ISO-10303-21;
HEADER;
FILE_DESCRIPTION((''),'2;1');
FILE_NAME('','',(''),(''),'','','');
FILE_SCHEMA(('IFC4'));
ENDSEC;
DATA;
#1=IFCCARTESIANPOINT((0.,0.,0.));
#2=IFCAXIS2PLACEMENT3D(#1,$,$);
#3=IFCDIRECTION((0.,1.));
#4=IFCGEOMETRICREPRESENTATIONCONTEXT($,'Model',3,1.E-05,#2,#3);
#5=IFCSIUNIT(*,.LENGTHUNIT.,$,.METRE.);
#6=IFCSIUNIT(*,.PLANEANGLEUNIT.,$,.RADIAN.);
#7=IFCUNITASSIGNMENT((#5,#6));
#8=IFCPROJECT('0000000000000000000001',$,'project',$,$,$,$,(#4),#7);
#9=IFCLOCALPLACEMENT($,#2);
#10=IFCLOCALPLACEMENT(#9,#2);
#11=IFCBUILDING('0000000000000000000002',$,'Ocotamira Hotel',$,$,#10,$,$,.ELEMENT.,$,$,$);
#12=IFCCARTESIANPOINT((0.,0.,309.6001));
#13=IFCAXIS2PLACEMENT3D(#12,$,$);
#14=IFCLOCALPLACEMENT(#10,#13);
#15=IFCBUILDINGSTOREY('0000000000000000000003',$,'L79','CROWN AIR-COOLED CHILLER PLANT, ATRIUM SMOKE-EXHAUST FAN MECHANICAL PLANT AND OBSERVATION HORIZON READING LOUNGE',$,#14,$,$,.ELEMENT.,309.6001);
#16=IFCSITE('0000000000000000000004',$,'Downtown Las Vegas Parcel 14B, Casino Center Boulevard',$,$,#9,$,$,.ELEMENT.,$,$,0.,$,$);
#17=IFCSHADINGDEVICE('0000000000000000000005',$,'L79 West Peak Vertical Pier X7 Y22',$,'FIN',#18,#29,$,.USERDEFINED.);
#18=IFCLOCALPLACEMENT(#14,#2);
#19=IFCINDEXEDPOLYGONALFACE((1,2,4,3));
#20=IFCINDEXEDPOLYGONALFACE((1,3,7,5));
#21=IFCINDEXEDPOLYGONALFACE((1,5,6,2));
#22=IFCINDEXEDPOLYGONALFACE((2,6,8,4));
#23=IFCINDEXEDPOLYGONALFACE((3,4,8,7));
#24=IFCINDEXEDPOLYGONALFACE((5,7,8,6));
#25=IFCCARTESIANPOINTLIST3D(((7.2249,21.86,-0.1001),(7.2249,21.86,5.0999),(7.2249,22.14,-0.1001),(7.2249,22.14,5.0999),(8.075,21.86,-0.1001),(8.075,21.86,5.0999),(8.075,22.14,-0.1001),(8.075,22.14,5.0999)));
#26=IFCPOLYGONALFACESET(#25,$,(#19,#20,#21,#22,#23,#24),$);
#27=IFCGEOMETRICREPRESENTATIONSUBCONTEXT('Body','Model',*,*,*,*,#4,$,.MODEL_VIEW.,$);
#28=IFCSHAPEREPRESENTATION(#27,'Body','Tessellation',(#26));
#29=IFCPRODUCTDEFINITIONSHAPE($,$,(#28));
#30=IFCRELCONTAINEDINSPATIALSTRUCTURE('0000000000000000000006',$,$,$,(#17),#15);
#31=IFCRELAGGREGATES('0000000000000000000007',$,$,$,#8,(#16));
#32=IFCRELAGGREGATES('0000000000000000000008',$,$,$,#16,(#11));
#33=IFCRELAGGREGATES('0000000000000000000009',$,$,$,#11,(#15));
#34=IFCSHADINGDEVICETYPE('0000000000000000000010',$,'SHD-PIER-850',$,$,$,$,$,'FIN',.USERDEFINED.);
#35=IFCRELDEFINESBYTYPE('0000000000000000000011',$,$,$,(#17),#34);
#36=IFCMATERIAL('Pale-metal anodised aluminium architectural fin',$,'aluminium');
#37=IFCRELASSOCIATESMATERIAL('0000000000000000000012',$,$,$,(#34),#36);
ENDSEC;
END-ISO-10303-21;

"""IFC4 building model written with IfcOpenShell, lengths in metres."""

from ifc_helpers import new_model, si_unit, direction, frame, origin, origin_2d, place, context, subcontext, project, spatial, rectangle, extrude, source, transform, mapped, material, type_object, element, save


model = new_model("IFC4")

# Units and contexts
model_context = context("Model", 3, precision=1e-05, world=origin(), true_north=direction((0.0, 1.0)))
body_context = subcontext(model_context, "Body", "Model", "MODEL_VIEW")
ifc_project = project(units=[si_unit("LENGTHUNIT", "METRE"), si_unit("PLANEANGLEUNIT", "RADIAN")], contexts=[model_context])

# Site, building, storey
site_placement = place(None, origin())
site = spatial("IfcSite", under=ifc_project, at=site_placement, Name="Downtown Las Vegas Parcel 14B, Casino Center Boulevard", CompositionType="ELEMENT", RefElevation=0.0)
building_placement = place(site_placement, origin())
building = spatial("IfcBuilding", under=site, at=building_placement, Name="Ocotamira Hotel", CompositionType="ELEMENT")
storey_placement = place(building_placement, frame((0.0, 0.0, 309.6001)))
storey = spatial("IfcBuildingStorey", under=building, at=storey_placement, Name="L79", Description="CROWN AIR-COOLED CHILLER PLANT, ATRIUM SMOKE-EXHAUST FAN MECHANICAL PLANT AND OBSERVATION HORIZON READING LOUNGE", CompositionType="ELEMENT", Elevation=309.6001)

# Shading device
ifc_material_1 = material(Name="Pale-metal anodised aluminium architectural fin", Category="aluminium")
shading_device_type = type_object("IfcShadingDeviceType", Name="SHD-PIER-850", ElementType="FIN", PredefinedType="USERDEFINED", material=ifc_material_1)
shared_shape_1 = source(origin(), body_context, "Body", "SweptSolid", [
    extrude(rectangle(XDim=0.8501, YDim=0.28, at=origin_2d()), origin(), (0.0, 0.0, 1.0), 5.2),
])
for number, where, z_axis, x_axis, name in (
    (1, (7.6499, 22.0, -0.1001), (0.0, 0.0, 1.0), (1.0, 0.0, 0.0), "L79 West Peak Vertical Pier X7 Y22"),
):
    element("IfcShadingDevice", number, at=place(storey_placement, frame(where, z_axis=z_axis, x_axis=x_axis)), inside=storey, type_object=shading_device_type, Name=name, ObjectType="FIN", PredefinedType="USERDEFINED", context=body_context, shape_type="MappedRepresentation", body=[
        mapped(shared_shape_1, transform((0.0, 0.0, 0.0), scale=1.0)),
    ])

save(model, "model.ifc")
